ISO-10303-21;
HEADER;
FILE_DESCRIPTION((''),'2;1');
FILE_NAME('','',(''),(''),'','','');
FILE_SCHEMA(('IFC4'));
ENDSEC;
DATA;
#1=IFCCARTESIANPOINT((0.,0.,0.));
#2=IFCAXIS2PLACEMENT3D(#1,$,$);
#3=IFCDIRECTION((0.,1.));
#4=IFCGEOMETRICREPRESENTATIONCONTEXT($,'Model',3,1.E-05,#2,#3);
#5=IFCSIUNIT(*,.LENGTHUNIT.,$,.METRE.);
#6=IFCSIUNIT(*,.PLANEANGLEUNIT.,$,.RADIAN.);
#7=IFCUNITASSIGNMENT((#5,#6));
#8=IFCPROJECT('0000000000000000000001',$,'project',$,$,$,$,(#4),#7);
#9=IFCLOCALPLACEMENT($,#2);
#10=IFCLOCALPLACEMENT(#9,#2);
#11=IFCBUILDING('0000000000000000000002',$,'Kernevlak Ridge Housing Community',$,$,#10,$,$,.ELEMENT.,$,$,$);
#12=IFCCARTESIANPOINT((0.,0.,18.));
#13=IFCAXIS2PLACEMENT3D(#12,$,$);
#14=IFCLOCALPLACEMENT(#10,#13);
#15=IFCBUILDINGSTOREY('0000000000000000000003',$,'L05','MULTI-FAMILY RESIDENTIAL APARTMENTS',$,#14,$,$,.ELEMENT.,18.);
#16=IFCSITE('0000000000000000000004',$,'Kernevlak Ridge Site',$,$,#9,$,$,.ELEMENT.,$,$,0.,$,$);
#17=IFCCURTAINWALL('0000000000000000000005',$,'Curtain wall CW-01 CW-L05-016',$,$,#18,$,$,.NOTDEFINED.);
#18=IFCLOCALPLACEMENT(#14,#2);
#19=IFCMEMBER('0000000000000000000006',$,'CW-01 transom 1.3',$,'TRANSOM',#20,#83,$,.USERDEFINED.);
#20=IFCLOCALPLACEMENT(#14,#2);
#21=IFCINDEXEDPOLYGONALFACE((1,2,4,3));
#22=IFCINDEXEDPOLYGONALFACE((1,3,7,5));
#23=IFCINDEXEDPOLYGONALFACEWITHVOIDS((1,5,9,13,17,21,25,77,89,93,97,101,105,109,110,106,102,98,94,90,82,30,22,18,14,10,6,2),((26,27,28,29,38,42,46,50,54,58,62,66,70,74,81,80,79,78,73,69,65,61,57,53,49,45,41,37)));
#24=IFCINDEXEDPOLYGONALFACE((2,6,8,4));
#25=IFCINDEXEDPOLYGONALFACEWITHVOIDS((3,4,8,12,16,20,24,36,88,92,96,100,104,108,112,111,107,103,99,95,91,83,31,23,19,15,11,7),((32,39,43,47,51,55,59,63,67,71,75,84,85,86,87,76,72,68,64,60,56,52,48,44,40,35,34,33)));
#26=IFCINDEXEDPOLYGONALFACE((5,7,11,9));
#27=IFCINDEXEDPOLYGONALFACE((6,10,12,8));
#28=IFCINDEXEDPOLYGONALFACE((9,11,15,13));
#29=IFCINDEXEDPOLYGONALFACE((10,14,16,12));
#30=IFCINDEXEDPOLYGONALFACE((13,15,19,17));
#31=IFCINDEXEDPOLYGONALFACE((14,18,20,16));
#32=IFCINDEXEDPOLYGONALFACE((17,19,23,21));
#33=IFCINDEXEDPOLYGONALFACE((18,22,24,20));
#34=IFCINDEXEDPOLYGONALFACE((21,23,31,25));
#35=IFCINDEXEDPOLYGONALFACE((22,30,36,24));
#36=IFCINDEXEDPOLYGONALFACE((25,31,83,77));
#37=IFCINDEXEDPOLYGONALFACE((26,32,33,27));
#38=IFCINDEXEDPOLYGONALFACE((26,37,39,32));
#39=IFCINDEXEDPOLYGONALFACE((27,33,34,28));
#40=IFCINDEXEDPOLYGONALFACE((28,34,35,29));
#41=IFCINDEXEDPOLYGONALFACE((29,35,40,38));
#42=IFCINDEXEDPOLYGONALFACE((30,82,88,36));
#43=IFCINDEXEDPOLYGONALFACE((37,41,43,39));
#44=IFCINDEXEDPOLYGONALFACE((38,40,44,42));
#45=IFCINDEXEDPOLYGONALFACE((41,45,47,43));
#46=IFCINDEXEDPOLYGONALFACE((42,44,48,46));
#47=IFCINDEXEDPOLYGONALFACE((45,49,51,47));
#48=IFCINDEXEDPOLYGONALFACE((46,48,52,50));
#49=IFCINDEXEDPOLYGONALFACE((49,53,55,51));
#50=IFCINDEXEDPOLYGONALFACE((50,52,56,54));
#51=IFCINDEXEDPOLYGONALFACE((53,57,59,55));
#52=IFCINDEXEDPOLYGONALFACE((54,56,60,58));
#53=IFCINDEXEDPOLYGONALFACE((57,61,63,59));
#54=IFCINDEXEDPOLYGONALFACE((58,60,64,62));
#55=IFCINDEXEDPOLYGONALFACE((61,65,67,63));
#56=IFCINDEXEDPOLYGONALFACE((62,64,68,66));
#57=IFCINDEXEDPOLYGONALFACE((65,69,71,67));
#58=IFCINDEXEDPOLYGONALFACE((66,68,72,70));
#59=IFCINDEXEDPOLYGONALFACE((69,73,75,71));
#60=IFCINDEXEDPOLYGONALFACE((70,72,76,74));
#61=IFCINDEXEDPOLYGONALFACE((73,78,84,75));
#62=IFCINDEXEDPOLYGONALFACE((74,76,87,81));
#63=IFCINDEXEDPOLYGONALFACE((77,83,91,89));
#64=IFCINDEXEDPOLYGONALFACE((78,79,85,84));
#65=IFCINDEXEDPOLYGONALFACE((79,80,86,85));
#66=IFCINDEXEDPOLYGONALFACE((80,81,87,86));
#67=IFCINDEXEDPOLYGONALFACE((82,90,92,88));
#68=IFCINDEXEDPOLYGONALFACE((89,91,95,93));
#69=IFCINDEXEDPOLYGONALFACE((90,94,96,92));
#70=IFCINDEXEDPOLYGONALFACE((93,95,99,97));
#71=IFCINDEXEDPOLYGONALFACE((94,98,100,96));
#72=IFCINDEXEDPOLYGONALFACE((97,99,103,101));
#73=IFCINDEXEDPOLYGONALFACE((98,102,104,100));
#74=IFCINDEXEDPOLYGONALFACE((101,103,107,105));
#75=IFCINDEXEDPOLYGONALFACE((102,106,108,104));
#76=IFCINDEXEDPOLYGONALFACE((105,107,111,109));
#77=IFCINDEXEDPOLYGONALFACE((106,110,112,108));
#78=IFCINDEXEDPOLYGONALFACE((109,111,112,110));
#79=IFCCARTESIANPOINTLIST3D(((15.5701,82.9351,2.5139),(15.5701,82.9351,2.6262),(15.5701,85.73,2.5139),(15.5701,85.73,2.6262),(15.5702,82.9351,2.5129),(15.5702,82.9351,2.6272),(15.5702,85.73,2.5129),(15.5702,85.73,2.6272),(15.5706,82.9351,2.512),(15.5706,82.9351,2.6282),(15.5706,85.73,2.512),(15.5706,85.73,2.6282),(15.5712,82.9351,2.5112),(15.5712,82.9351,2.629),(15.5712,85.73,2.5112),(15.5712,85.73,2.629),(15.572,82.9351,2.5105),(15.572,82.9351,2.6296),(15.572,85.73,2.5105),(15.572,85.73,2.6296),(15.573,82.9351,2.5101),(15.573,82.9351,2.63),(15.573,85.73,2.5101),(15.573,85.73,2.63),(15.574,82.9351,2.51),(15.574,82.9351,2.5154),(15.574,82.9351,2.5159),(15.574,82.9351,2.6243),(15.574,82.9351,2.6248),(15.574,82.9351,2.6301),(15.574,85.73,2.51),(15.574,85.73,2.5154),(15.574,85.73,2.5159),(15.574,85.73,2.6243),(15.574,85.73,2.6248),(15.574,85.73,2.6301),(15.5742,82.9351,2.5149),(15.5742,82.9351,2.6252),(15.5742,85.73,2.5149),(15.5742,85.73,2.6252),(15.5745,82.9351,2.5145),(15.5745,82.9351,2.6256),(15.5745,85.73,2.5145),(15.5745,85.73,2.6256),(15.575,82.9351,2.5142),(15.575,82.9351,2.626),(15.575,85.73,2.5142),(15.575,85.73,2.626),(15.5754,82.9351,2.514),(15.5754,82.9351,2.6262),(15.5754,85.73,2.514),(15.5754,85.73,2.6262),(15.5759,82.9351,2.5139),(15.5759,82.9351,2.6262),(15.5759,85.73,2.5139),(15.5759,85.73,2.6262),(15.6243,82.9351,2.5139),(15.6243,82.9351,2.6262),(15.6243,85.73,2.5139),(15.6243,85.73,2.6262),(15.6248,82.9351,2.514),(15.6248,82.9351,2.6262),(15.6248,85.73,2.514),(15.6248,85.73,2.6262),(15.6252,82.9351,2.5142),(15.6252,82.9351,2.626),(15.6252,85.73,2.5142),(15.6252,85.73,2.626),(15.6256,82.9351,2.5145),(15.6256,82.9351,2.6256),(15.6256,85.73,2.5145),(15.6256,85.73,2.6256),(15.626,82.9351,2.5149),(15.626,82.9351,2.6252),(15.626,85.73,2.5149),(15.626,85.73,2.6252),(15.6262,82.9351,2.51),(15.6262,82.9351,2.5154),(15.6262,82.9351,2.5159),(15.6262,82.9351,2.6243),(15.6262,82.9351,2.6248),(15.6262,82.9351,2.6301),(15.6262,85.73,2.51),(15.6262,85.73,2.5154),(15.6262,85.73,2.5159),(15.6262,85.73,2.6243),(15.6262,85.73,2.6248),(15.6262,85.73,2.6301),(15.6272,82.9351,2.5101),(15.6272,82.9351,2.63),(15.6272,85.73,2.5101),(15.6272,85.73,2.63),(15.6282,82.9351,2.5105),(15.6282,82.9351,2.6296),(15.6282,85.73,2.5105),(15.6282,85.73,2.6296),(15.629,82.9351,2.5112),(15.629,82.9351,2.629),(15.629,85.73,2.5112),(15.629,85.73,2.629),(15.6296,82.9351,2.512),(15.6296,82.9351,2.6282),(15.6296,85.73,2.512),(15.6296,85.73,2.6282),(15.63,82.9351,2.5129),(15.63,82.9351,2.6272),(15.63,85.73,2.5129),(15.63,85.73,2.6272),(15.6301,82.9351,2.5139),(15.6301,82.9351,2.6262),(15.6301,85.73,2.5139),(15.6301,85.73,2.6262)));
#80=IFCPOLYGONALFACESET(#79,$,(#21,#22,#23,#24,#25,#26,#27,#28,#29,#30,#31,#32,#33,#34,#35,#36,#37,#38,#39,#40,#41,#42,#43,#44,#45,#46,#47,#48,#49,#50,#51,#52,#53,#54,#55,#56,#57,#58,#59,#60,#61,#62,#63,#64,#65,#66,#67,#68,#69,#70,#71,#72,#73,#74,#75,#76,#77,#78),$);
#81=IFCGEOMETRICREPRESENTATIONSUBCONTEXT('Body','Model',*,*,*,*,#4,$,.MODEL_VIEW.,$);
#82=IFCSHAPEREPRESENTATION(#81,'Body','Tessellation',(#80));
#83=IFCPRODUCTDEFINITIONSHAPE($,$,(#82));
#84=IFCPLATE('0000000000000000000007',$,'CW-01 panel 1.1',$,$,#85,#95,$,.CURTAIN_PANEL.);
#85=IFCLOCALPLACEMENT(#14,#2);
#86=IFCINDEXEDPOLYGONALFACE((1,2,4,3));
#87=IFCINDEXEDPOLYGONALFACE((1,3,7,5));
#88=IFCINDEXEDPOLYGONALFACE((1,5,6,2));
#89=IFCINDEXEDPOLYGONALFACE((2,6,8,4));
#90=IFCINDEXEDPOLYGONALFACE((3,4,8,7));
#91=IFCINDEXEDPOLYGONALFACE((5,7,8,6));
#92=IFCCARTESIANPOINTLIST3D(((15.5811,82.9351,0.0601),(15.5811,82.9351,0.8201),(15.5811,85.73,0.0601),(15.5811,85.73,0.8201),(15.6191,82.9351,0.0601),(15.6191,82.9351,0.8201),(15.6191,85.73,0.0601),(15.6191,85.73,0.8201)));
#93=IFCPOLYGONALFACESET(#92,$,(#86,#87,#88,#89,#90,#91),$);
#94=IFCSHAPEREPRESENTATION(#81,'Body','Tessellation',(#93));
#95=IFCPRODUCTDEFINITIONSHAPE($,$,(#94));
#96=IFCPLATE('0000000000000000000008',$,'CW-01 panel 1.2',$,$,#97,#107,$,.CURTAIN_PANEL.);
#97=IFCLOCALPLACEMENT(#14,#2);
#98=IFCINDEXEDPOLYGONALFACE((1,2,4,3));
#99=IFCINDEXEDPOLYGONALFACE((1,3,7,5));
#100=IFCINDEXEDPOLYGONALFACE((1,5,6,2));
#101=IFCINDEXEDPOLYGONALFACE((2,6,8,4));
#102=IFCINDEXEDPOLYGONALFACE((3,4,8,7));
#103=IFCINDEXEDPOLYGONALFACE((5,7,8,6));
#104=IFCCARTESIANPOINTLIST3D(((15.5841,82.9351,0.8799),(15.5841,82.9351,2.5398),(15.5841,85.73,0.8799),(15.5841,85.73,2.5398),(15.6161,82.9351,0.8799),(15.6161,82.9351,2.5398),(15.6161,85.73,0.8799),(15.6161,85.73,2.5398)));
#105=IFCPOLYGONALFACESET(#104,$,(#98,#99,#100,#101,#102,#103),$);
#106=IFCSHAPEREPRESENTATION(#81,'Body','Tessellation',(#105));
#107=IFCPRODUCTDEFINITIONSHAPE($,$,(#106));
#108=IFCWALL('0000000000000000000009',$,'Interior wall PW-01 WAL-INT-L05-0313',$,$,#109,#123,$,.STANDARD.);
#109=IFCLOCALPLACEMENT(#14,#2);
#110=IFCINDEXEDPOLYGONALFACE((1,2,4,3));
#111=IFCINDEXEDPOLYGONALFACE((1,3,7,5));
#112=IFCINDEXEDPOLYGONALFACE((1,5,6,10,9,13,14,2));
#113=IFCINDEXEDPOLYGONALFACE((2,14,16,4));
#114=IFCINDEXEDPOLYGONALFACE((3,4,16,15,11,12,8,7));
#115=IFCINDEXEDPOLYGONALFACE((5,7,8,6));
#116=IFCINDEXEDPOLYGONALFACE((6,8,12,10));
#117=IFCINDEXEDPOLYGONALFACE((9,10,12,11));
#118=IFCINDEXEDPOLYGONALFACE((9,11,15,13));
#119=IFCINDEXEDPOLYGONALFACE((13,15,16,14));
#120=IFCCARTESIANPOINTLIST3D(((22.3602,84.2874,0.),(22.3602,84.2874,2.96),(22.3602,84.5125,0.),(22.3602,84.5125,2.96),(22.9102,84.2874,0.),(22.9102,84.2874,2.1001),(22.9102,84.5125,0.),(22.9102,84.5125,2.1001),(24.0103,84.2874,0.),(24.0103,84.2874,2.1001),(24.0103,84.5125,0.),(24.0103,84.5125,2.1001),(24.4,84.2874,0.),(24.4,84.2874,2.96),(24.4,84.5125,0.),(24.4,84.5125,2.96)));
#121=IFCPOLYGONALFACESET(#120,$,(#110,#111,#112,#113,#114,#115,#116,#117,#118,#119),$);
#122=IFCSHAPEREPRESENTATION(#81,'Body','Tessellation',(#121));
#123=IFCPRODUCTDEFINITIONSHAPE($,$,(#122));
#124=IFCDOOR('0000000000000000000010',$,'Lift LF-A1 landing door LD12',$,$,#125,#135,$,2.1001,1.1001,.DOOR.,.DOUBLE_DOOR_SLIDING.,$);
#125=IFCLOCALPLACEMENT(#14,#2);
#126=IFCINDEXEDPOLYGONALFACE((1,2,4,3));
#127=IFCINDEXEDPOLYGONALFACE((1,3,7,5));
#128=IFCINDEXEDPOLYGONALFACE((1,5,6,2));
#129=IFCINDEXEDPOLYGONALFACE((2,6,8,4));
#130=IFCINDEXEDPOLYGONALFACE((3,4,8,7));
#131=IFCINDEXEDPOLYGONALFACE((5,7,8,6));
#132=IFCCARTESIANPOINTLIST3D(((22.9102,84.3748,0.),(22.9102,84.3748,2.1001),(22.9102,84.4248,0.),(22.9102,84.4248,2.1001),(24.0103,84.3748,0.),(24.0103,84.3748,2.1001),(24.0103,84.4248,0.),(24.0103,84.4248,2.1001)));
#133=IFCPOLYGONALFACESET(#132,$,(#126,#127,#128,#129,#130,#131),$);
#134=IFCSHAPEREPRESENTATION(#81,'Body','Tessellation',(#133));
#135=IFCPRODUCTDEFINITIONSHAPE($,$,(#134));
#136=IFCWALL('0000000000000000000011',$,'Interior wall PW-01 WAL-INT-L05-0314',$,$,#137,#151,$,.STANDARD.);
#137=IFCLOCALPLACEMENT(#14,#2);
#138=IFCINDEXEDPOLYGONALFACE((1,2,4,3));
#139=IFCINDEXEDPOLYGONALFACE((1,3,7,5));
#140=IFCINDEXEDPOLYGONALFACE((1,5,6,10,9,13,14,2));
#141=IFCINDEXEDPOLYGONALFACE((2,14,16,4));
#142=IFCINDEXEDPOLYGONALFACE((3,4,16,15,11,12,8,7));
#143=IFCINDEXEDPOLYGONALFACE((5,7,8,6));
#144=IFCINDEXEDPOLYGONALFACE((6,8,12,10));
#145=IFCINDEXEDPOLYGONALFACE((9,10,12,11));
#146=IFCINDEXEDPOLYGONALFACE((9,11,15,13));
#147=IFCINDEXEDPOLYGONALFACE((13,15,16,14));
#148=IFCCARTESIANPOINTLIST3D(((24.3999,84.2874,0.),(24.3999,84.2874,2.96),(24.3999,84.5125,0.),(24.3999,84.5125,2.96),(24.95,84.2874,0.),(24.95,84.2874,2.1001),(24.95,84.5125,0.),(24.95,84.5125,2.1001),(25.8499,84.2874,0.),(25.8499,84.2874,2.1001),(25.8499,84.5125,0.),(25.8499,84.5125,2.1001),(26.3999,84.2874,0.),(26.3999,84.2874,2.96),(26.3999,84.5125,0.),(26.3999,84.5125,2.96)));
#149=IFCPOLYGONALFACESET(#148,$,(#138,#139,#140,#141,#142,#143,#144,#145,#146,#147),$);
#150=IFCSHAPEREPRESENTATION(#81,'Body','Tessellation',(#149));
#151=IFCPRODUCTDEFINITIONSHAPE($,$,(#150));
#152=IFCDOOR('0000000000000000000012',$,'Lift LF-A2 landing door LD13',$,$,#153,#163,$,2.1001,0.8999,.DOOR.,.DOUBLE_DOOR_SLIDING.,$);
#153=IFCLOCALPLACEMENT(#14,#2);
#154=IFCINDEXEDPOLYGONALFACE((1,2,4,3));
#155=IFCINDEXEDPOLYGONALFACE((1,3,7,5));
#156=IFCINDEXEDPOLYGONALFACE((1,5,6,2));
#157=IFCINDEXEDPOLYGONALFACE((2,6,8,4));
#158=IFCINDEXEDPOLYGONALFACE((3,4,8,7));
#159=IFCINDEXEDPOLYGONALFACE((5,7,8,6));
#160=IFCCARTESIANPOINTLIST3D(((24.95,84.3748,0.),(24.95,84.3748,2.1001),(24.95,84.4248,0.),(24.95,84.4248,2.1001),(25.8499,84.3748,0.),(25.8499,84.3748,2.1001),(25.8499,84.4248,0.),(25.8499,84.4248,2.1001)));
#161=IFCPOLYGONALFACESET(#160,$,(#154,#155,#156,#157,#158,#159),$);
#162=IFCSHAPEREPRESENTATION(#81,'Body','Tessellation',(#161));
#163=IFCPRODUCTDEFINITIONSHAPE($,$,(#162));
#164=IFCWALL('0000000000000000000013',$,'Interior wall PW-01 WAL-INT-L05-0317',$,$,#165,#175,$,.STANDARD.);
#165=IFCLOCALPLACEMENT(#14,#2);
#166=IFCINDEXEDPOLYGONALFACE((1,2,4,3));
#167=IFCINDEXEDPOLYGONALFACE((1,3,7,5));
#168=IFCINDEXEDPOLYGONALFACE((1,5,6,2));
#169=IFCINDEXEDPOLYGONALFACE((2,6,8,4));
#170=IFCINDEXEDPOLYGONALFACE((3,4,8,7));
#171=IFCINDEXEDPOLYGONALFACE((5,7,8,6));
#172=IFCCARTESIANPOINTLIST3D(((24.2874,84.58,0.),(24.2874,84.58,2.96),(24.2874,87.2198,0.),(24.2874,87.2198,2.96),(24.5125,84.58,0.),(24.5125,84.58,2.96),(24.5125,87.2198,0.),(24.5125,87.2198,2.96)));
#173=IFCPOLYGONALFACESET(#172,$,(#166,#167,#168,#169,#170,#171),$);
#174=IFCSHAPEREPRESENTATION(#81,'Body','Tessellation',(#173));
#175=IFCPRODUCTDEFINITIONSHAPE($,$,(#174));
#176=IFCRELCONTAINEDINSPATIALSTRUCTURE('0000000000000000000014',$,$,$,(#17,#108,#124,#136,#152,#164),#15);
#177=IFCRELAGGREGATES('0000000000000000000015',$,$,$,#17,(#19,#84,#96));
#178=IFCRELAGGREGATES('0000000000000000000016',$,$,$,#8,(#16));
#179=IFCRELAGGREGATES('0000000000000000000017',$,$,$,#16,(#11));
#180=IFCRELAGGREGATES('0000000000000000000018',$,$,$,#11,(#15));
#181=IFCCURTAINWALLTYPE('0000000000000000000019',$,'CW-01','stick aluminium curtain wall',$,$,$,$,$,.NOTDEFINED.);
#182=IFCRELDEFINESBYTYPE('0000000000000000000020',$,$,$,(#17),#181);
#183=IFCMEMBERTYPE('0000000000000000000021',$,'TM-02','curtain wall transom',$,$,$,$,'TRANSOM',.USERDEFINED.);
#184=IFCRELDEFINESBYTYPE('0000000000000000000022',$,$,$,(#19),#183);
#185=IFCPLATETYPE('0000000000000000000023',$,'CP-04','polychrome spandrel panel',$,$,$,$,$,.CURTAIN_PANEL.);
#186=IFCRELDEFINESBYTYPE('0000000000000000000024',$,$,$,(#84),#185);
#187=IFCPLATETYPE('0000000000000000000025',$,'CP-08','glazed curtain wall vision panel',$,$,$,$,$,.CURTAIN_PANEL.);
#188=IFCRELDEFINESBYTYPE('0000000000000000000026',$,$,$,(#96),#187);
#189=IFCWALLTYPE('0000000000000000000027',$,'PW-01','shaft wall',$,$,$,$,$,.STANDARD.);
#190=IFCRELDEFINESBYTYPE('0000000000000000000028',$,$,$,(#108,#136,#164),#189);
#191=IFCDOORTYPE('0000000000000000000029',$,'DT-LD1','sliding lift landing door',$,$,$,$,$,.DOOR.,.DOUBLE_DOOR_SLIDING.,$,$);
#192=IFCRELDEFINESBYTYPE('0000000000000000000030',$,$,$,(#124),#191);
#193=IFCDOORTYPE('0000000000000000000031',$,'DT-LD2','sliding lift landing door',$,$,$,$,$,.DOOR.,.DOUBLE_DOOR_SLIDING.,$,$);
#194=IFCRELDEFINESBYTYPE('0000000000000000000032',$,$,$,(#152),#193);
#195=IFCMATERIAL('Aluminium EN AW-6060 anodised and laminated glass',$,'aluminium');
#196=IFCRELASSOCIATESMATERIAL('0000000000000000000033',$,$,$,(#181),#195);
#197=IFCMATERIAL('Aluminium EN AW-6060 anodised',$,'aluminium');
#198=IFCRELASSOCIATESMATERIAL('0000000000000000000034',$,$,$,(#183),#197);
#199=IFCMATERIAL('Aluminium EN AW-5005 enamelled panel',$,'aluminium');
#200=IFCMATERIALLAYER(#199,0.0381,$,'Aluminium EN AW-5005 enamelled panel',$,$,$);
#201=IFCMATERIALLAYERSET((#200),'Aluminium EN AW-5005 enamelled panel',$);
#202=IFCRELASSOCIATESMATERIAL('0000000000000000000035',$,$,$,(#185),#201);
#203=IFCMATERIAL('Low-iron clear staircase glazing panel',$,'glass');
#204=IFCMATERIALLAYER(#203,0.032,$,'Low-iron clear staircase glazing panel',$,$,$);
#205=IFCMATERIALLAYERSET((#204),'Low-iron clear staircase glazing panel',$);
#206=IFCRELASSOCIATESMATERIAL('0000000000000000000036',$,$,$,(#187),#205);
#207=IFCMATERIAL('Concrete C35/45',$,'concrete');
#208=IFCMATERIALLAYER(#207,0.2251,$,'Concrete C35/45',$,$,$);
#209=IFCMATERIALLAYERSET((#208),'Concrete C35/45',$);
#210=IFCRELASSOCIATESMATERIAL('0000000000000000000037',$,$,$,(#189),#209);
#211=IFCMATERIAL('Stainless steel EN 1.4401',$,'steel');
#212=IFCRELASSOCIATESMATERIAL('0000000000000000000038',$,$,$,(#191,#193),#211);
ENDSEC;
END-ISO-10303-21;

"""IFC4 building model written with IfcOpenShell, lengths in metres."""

from ifc_helpers import new_model, si_unit, direction, frame, frame_2d, origin, origin_2d, place, context, subcontext, project, spatial, rectangle, hollow_rectangle, extrude, material, layer, layer_set, material_profile, profile_set, type_object, element, fill, aggregate, save


model = new_model("IFC4")

# Units and contexts
model_context = context("Model", 3, precision=1e-05, world=origin(), true_north=direction((0.0, 1.0)))
body_context = subcontext(model_context, "Body", "Model", "MODEL_VIEW")
ifc_project = project(units=[si_unit("LENGTHUNIT", "METRE"), si_unit("PLANEANGLEUNIT", "RADIAN")], contexts=[model_context])

# Site, building, storey
site_placement = place(None, origin())
site = spatial("IfcSite", under=ifc_project, at=site_placement, Name="Kernevlak Ridge Site", CompositionType="ELEMENT", RefElevation=0.0)
building_placement = place(site_placement, origin())
building = spatial("IfcBuilding", under=site, at=building_placement, Name="Kernevlak Ridge Housing Community", CompositionType="ELEMENT")
storey_placement = place(building_placement, frame((0.0, 0.0, 18.0)))
storey = spatial("IfcBuildingStorey", under=building, at=storey_placement, Name="L05", Description="MULTI-FAMILY RESIDENTIAL APARTMENTS", CompositionType="ELEMENT", Elevation=18.0)

# Shared definitions
ifc_material_1 = material(Name="Concrete C35/45", Category="concrete")

# Curtain wall
ifc_material_2 = material(Name="Aluminium EN AW-6060 anodised and laminated glass", Category="aluminium")
curtain_wall_type = type_object("IfcCurtainWallType", Name="CW-01", Description="stick aluminium curtain wall", PredefinedType="NOTDEFINED", material=ifc_material_2)
curtain_wall_placement = place(storey_placement, origin())
curtain_wall = element("IfcCurtainWall", 1, at=curtain_wall_placement, inside=storey, type_object=curtain_wall_type, Name="Curtain wall CW-01 CW-L05-016", PredefinedType="NOTDEFINED")
ifc_material_3 = material(Name="Aluminium EN AW-6060 anodised", Category="aluminium")

# Member
ifc_material_profile_1 = material_profile(ifc_material_3, hollow_rectangle(XDim=0.0601, YDim=0.1201, WallThickness=0.0039, InnerFilletRadius=0.002, OuterFilletRadius=0.0039, at=origin_2d()), Name="ALU 60x120x4")
ifc_profile_set_1 = profile_set([ifc_material_profile_1], Name="Aluminium EN AW-6060 anodised")
member_type_1 = type_object("IfcMemberType", Name="TM-02", Description="curtain wall transom", ElementType="TRANSOM", PredefinedType="USERDEFINED", material=ifc_profile_set_1)
member_1_placement = place(storey_placement, frame((15.6001, 82.9351, 2.5701), z_axis=(0.0, 1.0, 0.0), x_axis=(-1.0, 0.0, 0.0)))
member_1 = element("IfcMember", 2, at=member_1_placement, type_object=member_type_1, Name="CW-01 transom 1.3", ObjectType="TRANSOM", PredefinedType="USERDEFINED", context=body_context, shape_type="SweptSolid", body=[
    extrude(hollow_rectangle(XDim=0.0601, YDim=0.1201, WallThickness=0.0039, InnerFilletRadius=0.002, OuterFilletRadius=0.0039, at=origin_2d()), origin(), (0.0, 0.0, 1.0), 2.7949),
])

# Plates
ifc_material_4 = material(Name="Aluminium EN AW-5005 enamelled panel", Category="aluminium")
ifc_layer_1 = layer(ifc_material_4, 0.0381, Name="Aluminium EN AW-5005 enamelled panel")
ifc_layer_set_1 = layer_set([ifc_layer_1], Name="Aluminium EN AW-5005 enamelled panel")
plate_type_1 = type_object("IfcPlateType", Name="CP-04", Description="polychrome spandrel panel", PredefinedType="CURTAIN_PANEL", material=ifc_layer_set_1)
plate_1_placement = place(storey_placement, frame((15.6001, 84.3325, 0.0601), z_axis=(0.0, 0.0, 1.0), x_axis=(0.0, 1.0, 0.0)))
plate_1 = element("IfcPlate", 3, at=plate_1_placement, type_object=plate_type_1, Name="CW-01 panel 1.1", PredefinedType="CURTAIN_PANEL", context=body_context, shape_type="SweptSolid", body=[
    extrude(rectangle(XDim=2.7949, YDim=0.0381, at=origin_2d()), origin(), (0.0, 0.0, 1.0), 0.76),
])
ifc_material_5 = material(Name="Low-iron clear staircase glazing panel", Category="glass")
ifc_layer_2 = layer(ifc_material_5, 0.032, Name="Low-iron clear staircase glazing panel")
ifc_layer_set_2 = layer_set([ifc_layer_2], Name="Low-iron clear staircase glazing panel")
plate_type_2 = type_object("IfcPlateType", Name="CP-08", Description="glazed curtain wall vision panel", PredefinedType="CURTAIN_PANEL", material=ifc_layer_set_2)
plate_2_placement = place(storey_placement, frame((15.6001, 84.3325, 0.8799), z_axis=(0.0, 0.0, 1.0), x_axis=(0.0, 1.0, 0.0)))
plate_2 = element("IfcPlate", 4, at=plate_2_placement, type_object=plate_type_2, Name="CW-01 panel 1.2", PredefinedType="CURTAIN_PANEL", context=body_context, shape_type="SweptSolid", body=[
    extrude(rectangle(XDim=2.7949, YDim=0.032, at=origin_2d()), origin(), (0.0, 0.0, 1.0), 1.6599),
])
aggregate(curtain_wall, [member_1, plate_1, plate_2])

# Walls, openings, doors
ifc_layer_3 = layer(ifc_material_1, 0.2251, Name="Concrete C35/45")
ifc_layer_set_3 = layer_set([ifc_layer_3], Name="Concrete C35/45")
wall_type_1 = type_object("IfcWallType", Name="PW-01", Description="shaft wall", PredefinedType="STANDARD", material=ifc_layer_set_3)
wall_1_placement = place(storey_placement, frame((22.3601, 84.3999, 0.0), z_axis=(0.0, 0.0, 1.0), x_axis=(1.0, 0.0, 0.0)))
wall_1 = element("IfcWall", 5, at=wall_1_placement, inside=storey, type_object=wall_type_1, Name="Interior wall PW-01 WAL-INT-L05-0313", PredefinedType="STANDARD", context=body_context, shape_type="SweptSolid", body=[
    extrude(rectangle(XDim=2.0398, YDim=0.2251, at=frame_2d((1.02, 0.0))), origin(), (0.0, 0.0, 1.0), 2.96),
])
opening_1_placement = place(wall_1_placement, frame((0.55, 0.0, 0.0)))
opening_1 = element("IfcOpeningElement", 6, at=opening_1_placement, cuts=wall_1, PredefinedType="OPENING", context=body_context, shape_type="SweptSolid", body=[
    extrude(rectangle(XDim=1.1001, YDim=2.1001, at=frame_2d((0.55, 1.05))), frame((0.0, 0.1226, 0.0), z_axis=(0.0, -1.0, 0.0), x_axis=(1.0, 0.0, 0.0)), (0.0, 0.0, 1.0), 0.2451),
])
ifc_material_6 = material(Name="Stainless steel EN 1.4401", Category="steel")
door_type_1 = type_object("IfcDoorType", Name="DT-LD1", Description="sliding lift landing door", OperationType="DOUBLE_DOOR_SLIDING", PredefinedType="DOOR", material=ifc_material_6)
door_1_placement = place(opening_1_placement, origin())
door_1 = element("IfcDoor", 7, at=door_1_placement, inside=storey, type_object=door_type_1, Name="Lift LF-A1 landing door LD12", OperationType="DOUBLE_DOOR_SLIDING", OverallHeight=2.1001, OverallWidth=1.1001, PredefinedType="DOOR", context=body_context, shape_type="SweptSolid", body=[
    extrude(rectangle(XDim=1.1001, YDim=2.1001, at=frame_2d((0.55, 1.05))), frame((0.0, 0.0249, 0.0), z_axis=(0.0, -1.0, 0.0), x_axis=(1.0, 0.0, 0.0)), (0.0, 0.0, 1.0), 0.05),
])
fill(opening_1, door_1)
wall_2_placement = place(storey_placement, frame((24.3999, 84.3999, 0.0), z_axis=(0.0, 0.0, 1.0), x_axis=(1.0, 0.0, 0.0)))
wall_2 = element("IfcWall", 8, at=wall_2_placement, inside=storey, type_object=wall_type_1, Name="Interior wall PW-01 WAL-INT-L05-0314", PredefinedType="STANDARD", context=body_context, shape_type="SweptSolid", body=[
    extrude(rectangle(XDim=2.0, YDim=0.2251, at=frame_2d((1.0, 0.0))), origin(), (0.0, 0.0, 1.0), 2.96),
])
opening_2_placement = place(wall_2_placement, frame((0.55, 0.0, 0.0)))
opening_2 = element("IfcOpeningElement", 9, at=opening_2_placement, cuts=wall_2, PredefinedType="OPENING", context=body_context, shape_type="SweptSolid", body=[
    extrude(rectangle(XDim=0.8999, YDim=2.1001, at=frame_2d((0.45, 1.05))), frame((0.0, 0.1226, 0.0), z_axis=(0.0, -1.0, 0.0), x_axis=(1.0, 0.0, 0.0)), (0.0, 0.0, 1.0), 0.2451),
])
door_type_2 = type_object("IfcDoorType", Name="DT-LD2", Description="sliding lift landing door", OperationType="DOUBLE_DOOR_SLIDING", PredefinedType="DOOR", material=ifc_material_6)
door_2_placement = place(opening_2_placement, origin())
door_2 = element("IfcDoor", 10, at=door_2_placement, inside=storey, type_object=door_type_2, Name="Lift LF-A2 landing door LD13", OperationType="DOUBLE_DOOR_SLIDING", OverallHeight=2.1001, OverallWidth=0.8999, PredefinedType="DOOR", context=body_context, shape_type="SweptSolid", body=[
    extrude(rectangle(XDim=0.8999, YDim=2.1001, at=frame_2d((0.45, 1.05))), frame((0.0, 0.0249, 0.0), z_axis=(0.0, -1.0, 0.0), x_axis=(1.0, 0.0, 0.0)), (0.0, 0.0, 1.0), 0.05),
])
fill(opening_2, door_2)

# Wall
for number, where, z_axis, x_axis, name in (
    (11, (24.3999, 84.5801, 0.0), (0.0, 0.0, 1.0), (0.0, 1.0, 0.0), "Interior wall PW-01 WAL-INT-L05-0317"),
):
    element("IfcWall", number, at=place(storey_placement, frame(where, z_axis=z_axis, x_axis=x_axis)), inside=storey, type_object=wall_type_1, Name=name, PredefinedType="STANDARD", context=body_context, shape_type="SweptSolid", body=[
        extrude(rectangle(XDim=2.6399, YDim=0.2251, at=frame_2d((1.3198, 0.0))), origin(), (0.0, 0.0, 1.0), 2.96),
    ])

save(model, "model.ifc")
